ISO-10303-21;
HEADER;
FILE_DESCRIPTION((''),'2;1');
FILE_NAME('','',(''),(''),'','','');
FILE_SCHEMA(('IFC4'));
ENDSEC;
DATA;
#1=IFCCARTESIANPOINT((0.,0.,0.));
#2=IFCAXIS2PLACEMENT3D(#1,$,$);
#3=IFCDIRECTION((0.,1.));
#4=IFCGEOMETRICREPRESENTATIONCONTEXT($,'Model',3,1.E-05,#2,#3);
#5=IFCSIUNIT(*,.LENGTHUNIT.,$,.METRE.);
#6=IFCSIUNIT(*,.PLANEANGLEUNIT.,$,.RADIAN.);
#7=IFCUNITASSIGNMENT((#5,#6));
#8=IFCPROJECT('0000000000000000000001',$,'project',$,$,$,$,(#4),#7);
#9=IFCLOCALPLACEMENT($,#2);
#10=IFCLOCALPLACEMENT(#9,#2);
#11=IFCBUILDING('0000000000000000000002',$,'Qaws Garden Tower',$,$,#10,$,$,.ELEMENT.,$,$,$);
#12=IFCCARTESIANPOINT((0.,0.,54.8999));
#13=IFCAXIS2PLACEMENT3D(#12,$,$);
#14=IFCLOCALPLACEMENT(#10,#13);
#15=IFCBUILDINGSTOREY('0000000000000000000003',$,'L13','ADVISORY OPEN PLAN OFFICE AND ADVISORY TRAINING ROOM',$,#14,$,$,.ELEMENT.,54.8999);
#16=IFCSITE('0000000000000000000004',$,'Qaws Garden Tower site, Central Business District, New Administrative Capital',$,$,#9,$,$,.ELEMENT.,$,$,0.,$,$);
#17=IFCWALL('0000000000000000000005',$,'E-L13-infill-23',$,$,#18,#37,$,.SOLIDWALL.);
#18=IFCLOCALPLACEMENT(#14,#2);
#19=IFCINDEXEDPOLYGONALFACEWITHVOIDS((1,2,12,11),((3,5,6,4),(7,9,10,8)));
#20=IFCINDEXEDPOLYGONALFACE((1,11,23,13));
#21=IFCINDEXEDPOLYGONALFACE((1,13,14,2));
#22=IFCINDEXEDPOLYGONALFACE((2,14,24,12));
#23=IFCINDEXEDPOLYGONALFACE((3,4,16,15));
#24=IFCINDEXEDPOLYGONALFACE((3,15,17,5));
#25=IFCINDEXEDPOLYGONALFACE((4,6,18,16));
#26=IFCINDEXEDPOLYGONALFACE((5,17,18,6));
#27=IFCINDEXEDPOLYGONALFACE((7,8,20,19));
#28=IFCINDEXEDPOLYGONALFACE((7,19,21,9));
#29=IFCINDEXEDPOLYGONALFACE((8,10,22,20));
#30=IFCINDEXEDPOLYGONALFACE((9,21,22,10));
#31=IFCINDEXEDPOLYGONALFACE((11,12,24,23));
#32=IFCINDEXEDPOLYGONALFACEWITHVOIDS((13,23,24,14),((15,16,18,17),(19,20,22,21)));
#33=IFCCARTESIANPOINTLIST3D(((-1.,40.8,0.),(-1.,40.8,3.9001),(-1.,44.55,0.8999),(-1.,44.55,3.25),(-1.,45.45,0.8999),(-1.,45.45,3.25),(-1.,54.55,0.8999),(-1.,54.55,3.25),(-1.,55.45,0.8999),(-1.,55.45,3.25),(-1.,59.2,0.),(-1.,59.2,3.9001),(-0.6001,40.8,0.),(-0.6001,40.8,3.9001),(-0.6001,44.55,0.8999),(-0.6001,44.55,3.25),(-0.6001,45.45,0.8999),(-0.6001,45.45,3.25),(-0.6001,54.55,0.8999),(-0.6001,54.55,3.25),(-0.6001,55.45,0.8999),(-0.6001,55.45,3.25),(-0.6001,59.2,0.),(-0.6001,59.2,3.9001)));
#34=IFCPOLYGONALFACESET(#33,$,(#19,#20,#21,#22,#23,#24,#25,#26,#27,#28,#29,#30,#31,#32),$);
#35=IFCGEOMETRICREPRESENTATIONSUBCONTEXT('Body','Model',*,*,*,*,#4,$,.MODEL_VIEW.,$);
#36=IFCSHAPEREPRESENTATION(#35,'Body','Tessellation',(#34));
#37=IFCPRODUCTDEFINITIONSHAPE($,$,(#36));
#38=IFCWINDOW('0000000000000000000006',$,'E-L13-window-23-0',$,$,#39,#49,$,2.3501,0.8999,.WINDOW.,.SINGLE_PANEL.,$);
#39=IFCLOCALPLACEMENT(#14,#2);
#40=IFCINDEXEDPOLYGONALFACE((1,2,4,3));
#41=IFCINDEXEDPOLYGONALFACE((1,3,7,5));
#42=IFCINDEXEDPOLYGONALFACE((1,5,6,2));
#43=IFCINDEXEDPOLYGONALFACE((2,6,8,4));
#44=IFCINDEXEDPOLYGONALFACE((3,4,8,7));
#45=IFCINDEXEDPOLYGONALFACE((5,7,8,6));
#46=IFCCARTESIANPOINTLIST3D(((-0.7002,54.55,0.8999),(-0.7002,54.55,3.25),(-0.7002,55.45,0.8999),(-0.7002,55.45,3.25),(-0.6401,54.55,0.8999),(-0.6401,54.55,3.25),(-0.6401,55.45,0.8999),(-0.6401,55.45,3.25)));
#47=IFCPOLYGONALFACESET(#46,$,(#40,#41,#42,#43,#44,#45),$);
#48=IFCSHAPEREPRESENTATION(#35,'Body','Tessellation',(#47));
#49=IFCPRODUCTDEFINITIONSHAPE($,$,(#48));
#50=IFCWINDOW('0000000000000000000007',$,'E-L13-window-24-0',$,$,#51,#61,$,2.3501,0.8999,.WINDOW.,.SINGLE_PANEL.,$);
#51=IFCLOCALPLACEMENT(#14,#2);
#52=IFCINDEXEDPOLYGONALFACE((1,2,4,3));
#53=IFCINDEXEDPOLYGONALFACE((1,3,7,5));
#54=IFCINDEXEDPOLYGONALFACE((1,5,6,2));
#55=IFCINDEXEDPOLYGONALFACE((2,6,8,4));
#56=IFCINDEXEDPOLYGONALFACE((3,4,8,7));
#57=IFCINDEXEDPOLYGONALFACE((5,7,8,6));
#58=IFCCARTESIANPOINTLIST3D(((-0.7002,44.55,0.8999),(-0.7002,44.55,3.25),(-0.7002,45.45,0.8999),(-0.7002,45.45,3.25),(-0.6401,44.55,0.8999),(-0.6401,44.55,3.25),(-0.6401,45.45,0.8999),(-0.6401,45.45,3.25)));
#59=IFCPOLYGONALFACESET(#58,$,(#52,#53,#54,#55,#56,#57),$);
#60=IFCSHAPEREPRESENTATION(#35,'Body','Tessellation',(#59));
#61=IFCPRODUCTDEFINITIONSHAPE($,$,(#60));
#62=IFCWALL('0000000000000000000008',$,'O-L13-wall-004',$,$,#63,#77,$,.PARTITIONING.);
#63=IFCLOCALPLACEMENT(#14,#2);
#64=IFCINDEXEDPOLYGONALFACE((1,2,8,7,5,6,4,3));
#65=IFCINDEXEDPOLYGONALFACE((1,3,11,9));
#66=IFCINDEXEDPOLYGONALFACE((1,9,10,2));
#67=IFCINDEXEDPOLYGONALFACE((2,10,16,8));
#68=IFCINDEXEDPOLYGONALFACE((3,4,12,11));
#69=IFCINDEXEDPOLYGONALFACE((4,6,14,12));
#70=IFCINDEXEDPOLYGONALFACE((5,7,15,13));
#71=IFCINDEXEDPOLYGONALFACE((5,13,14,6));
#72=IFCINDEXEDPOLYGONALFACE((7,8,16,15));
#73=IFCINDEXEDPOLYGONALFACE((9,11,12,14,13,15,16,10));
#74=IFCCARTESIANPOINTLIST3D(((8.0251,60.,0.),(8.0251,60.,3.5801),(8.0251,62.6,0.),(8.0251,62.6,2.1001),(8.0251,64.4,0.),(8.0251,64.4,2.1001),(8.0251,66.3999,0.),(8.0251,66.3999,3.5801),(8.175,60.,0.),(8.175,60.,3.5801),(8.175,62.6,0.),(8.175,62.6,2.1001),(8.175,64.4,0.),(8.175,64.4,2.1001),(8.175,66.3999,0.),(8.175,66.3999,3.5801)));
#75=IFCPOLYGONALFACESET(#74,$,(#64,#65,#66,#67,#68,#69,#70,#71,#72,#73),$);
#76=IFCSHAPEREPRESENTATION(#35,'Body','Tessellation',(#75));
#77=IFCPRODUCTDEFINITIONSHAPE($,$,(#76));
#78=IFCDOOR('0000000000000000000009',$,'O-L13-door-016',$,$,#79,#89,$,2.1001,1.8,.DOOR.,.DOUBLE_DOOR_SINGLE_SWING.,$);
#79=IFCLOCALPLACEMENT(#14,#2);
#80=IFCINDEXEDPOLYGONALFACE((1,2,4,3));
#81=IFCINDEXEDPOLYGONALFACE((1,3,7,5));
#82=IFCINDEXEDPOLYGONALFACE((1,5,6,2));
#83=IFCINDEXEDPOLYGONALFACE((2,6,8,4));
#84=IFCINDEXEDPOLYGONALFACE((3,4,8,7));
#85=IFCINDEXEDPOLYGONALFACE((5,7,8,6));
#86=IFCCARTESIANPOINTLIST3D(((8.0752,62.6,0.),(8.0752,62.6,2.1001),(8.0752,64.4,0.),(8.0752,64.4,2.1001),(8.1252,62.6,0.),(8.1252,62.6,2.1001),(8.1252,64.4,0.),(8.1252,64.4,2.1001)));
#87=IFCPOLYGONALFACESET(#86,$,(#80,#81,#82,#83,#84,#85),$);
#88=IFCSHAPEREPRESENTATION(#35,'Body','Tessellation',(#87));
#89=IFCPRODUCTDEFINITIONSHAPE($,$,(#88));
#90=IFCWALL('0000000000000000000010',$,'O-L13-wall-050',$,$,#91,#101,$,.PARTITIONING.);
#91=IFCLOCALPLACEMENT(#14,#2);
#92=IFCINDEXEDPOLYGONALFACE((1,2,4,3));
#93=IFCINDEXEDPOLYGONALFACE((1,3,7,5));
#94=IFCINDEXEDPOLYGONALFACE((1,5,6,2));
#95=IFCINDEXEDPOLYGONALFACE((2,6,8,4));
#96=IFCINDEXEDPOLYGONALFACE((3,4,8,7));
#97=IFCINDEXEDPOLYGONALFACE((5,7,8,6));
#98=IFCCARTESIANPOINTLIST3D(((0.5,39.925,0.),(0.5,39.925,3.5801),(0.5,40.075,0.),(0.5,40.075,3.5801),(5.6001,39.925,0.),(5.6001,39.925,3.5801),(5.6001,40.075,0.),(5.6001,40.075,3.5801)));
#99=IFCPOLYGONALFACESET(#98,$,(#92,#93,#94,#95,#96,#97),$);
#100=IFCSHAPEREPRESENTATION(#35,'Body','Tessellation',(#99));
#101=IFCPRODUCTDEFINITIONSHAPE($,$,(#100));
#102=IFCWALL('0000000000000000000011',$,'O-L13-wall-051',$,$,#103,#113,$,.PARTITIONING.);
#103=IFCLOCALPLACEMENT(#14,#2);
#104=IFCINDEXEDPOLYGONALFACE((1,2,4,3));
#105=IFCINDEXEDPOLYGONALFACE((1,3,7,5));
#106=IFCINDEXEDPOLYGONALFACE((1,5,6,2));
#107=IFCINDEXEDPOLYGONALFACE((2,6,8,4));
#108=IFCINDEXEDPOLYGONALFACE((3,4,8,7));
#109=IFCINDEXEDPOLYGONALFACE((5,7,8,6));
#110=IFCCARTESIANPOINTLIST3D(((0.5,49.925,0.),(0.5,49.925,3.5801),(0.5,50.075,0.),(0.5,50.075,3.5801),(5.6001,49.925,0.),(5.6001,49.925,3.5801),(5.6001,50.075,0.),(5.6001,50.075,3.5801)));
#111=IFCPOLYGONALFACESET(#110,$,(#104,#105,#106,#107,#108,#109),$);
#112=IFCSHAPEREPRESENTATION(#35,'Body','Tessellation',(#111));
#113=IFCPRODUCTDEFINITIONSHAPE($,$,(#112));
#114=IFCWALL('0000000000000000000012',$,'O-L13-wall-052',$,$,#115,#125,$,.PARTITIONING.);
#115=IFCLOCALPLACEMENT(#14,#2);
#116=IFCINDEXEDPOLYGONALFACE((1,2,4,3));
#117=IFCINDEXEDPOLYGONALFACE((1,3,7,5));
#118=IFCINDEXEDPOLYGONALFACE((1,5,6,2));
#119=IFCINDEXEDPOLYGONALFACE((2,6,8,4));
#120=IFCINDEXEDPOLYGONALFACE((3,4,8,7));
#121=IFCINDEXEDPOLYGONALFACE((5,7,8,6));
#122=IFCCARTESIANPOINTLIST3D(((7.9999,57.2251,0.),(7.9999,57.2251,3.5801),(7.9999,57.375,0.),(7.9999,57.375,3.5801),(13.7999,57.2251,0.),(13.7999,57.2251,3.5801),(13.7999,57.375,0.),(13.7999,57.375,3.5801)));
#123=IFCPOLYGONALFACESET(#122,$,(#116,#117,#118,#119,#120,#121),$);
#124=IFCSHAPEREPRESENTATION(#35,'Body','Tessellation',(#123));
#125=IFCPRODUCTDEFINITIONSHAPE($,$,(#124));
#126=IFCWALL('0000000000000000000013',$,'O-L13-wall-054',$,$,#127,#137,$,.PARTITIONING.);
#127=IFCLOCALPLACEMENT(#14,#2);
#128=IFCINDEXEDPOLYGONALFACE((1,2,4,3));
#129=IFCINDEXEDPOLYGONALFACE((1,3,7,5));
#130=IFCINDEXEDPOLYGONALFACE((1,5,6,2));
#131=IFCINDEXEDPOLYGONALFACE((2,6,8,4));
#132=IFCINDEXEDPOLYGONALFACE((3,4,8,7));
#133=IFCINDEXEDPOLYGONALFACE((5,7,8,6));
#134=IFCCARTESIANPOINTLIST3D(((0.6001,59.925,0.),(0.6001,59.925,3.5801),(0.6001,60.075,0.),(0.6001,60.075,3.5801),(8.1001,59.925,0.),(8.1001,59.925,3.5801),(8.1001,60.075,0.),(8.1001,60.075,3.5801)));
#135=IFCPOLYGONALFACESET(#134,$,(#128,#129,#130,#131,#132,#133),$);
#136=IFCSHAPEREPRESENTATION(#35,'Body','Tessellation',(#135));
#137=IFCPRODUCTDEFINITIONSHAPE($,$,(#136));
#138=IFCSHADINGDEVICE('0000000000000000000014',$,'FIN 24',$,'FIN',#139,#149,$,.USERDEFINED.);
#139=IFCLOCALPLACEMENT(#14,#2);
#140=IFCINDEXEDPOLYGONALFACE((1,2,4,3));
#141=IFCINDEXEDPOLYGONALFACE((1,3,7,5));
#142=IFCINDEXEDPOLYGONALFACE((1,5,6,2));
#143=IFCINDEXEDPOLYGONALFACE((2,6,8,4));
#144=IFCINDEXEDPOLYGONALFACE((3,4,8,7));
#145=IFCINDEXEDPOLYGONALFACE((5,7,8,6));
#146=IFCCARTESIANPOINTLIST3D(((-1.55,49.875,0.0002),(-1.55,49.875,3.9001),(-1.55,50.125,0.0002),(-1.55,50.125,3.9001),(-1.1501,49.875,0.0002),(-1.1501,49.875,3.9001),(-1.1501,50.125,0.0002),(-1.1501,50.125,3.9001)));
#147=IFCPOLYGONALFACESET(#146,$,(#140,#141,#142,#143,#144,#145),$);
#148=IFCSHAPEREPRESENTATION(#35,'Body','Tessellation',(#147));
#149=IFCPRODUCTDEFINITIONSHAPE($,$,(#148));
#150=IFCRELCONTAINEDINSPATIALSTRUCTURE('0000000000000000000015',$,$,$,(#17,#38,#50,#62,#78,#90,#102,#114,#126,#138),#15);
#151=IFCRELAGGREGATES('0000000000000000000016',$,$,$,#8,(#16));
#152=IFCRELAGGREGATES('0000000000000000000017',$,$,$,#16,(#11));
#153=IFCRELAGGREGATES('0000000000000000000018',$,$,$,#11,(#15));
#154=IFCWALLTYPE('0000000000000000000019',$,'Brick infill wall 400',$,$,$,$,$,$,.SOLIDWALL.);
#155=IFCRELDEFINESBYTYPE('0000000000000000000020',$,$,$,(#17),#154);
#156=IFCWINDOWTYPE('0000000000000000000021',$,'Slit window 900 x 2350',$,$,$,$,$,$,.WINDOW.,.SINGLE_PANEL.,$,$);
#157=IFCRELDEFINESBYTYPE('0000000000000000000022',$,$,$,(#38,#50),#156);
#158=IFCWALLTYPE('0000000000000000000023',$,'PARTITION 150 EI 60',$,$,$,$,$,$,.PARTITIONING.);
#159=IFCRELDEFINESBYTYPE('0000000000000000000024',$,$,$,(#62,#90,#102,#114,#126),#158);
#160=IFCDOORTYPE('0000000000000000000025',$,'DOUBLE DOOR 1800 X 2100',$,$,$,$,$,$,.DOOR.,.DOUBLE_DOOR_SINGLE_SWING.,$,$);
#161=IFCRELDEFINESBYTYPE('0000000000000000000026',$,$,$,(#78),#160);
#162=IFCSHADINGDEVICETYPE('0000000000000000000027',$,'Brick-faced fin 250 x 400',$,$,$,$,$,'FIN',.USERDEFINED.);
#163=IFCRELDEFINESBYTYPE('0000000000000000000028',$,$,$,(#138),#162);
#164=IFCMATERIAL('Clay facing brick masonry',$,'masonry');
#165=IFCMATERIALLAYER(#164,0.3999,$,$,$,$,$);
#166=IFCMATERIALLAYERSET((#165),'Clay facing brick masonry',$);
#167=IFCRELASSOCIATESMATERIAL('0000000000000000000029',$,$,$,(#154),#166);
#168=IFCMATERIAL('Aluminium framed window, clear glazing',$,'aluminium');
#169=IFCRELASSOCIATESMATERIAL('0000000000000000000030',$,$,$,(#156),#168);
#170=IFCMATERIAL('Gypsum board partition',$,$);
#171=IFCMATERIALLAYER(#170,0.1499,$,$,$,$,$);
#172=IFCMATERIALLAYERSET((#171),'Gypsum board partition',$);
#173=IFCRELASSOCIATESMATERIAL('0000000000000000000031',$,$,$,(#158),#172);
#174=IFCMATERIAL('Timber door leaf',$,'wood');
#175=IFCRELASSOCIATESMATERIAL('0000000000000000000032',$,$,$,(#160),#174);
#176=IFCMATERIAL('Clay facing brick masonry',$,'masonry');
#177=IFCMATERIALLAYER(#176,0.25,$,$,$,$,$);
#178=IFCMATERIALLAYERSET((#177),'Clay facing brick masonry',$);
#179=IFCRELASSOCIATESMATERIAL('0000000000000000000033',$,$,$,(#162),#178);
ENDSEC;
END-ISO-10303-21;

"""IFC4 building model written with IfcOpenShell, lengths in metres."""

from ifc_helpers import new_model, si_unit, direction, frame, frame_2d, origin, origin_2d, place, context, subcontext, project, spatial, rectangle, extrude, material, layer, layer_set, type_object, element, fill, save


model = new_model("IFC4")

# Units and contexts
model_context = context("Model", 3, precision=1e-05, world=origin(), true_north=direction((0.0, 1.0)))
body_context = subcontext(model_context, "Body", "Model", "MODEL_VIEW")
ifc_project = project(units=[si_unit("LENGTHUNIT", "METRE"), si_unit("PLANEANGLEUNIT", "RADIAN")], contexts=[model_context])

# Site, building, storey
site_placement = place(None, origin())
site = spatial("IfcSite", under=ifc_project, at=site_placement, Name="Qaws Garden Tower site, Central Business District, New Administrative Capital", CompositionType="ELEMENT", RefElevation=0.0)
building_placement = place(site_placement, origin())
building = spatial("IfcBuilding", under=site, at=building_placement, Name="Qaws Garden Tower", CompositionType="ELEMENT")
storey_placement = place(building_placement, frame((0.0, 0.0, 54.8999)))
storey = spatial("IfcBuildingStorey", under=building, at=storey_placement, Name="L13", Description="ADVISORY OPEN PLAN OFFICE AND ADVISORY TRAINING ROOM", CompositionType="ELEMENT", Elevation=54.8999)

# Shared definitions
ifc_material_1 = material(Name="Clay facing brick masonry", Category="masonry")
ifc_layer_1 = layer(ifc_material_1, 0.3999)
ifc_layer_set_1 = layer_set([ifc_layer_1], Name="Clay facing brick masonry")
wall_type_1 = type_object("IfcWallType", Name="Brick infill wall 400", PredefinedType="SOLIDWALL", material=ifc_layer_set_1)

# Wall, openings, windows
wall_1_placement = place(storey_placement, frame((-0.8, 59.2, 0.0), z_axis=(0.0, 0.0, 1.0), x_axis=(0.0, -1.0, 0.0)))
wall_1 = element("IfcWall", 1, at=wall_1_placement, inside=storey, type_object=wall_type_1, Name="E-L13-infill-23", PredefinedType="SOLIDWALL", context=body_context, shape_type="SweptSolid", body=[
    extrude(rectangle(XDim=18.3999, YDim=0.3999, at=frame_2d((9.2, 0.0))), origin(), (0.0, 0.0, 1.0), 3.9001),
])
opening_1_placement = place(wall_1_placement, frame((3.75, 0.0, 0.8999)))
opening_1 = element("IfcOpeningElement", 2, at=opening_1_placement, cuts=wall_1, PredefinedType="OPENING", context=body_context, shape_type="SweptSolid", body=[
    extrude(rectangle(XDim=0.8999, YDim=2.3501, at=frame_2d((0.45, 1.175))), frame((0.0, 0.21, 0.0), z_axis=(0.0, -1.0, 0.0), x_axis=(1.0, 0.0, 0.0)), (0.0, 0.0, 1.0), 0.4199),
])
opening_2_placement = place(wall_1_placement, frame((13.75, 0.0, 0.8999)))
opening_2 = element("IfcOpeningElement", 3, at=opening_2_placement, cuts=wall_1, PredefinedType="OPENING", context=body_context, shape_type="SweptSolid", body=[
    extrude(rectangle(XDim=0.8999, YDim=2.3501, at=frame_2d((0.45, 1.175))), frame((0.0, 0.21, 0.0), z_axis=(0.0, -1.0, 0.0), x_axis=(1.0, 0.0, 0.0)), (0.0, 0.0, 1.0), 0.4199),
])
ifc_material_2 = material(Name="Aluminium framed window, clear glazing", Category="aluminium")
window_type_1 = type_object("IfcWindowType", Name="Slit window 900 x 2350", PartitioningType="SINGLE_PANEL", PredefinedType="WINDOW", material=ifc_material_2)
window_1_placement = place(opening_1_placement, origin())
window_1 = element("IfcWindow", 4, at=window_1_placement, inside=storey, type_object=window_type_1, Name="E-L13-window-23-0", OverallHeight=2.3501, OverallWidth=0.8999, PartitioningType="SINGLE_PANEL", PredefinedType="WINDOW", context=body_context, shape_type="SweptSolid", body=[
    extrude(rectangle(XDim=0.8999, YDim=2.3501, at=frame_2d((0.45, 1.175))), frame((0.0, 0.1599, 0.0), z_axis=(0.0, -1.0, 0.0), x_axis=(1.0, 0.0, 0.0)), (0.0, 0.0, 1.0), 0.0601),
])
fill(opening_1, window_1)
window_2_placement = place(opening_2_placement, origin())
window_2 = element("IfcWindow", 5, at=window_2_placement, inside=storey, type_object=window_type_1, Name="E-L13-window-24-0", OverallHeight=2.3501, OverallWidth=0.8999, PartitioningType="SINGLE_PANEL", PredefinedType="WINDOW", context=body_context, shape_type="SweptSolid", body=[
    extrude(rectangle(XDim=0.8999, YDim=2.3501, at=frame_2d((0.45, 1.175))), frame((0.0, 0.1599, 0.0), z_axis=(0.0, -1.0, 0.0), x_axis=(1.0, 0.0, 0.0)), (0.0, 0.0, 1.0), 0.0601),
])
fill(opening_2, window_2)

# Wall, opening, door
ifc_material_3 = material(Name="Gypsum board partition")
ifc_layer_2 = layer(ifc_material_3, 0.1499)
ifc_layer_set_2 = layer_set([ifc_layer_2], Name="Gypsum board partition")
wall_type_2 = type_object("IfcWallType", Name="PARTITION 150 EI 60", PredefinedType="PARTITIONING", material=ifc_layer_set_2)
wall_2_placement = place(storey_placement, frame((8.1001, 60.0, 0.0), z_axis=(0.0, 0.0, 1.0), x_axis=(0.0, 1.0, 0.0)))
wall_2 = element("IfcWall", 6, at=wall_2_placement, inside=storey, type_object=wall_type_2, Name="O-L13-wall-004", PredefinedType="PARTITIONING", context=body_context, shape_type="SweptSolid", body=[
    extrude(rectangle(XDim=6.3999, YDim=0.1499, at=frame_2d((3.2, 0.0))), origin(), (0.0, 0.0, 1.0), 3.5801),
])
opening_3_placement = place(wall_2_placement, frame((2.6001, 0.0, 0.0)))
opening_3 = element("IfcOpeningElement", 7, at=opening_3_placement, cuts=wall_2, PredefinedType="OPENING", context=body_context, shape_type="SweptSolid", body=[
    extrude(rectangle(XDim=1.8, YDim=2.1001, at=frame_2d((0.8999, 1.05))), frame((0.0, 0.085, 0.0), z_axis=(0.0, -1.0, 0.0), x_axis=(1.0, 0.0, 0.0)), (0.0, 0.0, 1.0), 0.1699),
])
ifc_material_4 = material(Name="Timber door leaf", Category="wood")
door_type = type_object("IfcDoorType", Name="DOUBLE DOOR 1800 X 2100", OperationType="DOUBLE_DOOR_SINGLE_SWING", PredefinedType="DOOR", material=ifc_material_4)
door_placement = place(opening_3_placement, origin())
door = element("IfcDoor", 8, at=door_placement, inside=storey, type_object=door_type, Name="O-L13-door-016", OperationType="DOUBLE_DOOR_SINGLE_SWING", OverallHeight=2.1001, OverallWidth=1.8, PredefinedType="DOOR", context=body_context, shape_type="SweptSolid", body=[
    extrude(rectangle(XDim=1.8, YDim=2.1001, at=frame_2d((0.8999, 1.05))), frame((0.0, 0.0249, 0.0), z_axis=(0.0, -1.0, 0.0), x_axis=(1.0, 0.0, 0.0)), (0.0, 0.0, 1.0), 0.05),
])
fill(opening_3, door)

# Walls
for number, where, z_axis, x_axis, name in (
    (9, (0.5, 40.0, 0.0), (0.0, 0.0, 1.0), (1.0, 0.0, 0.0), "O-L13-wall-050"),
    (10, (0.5, 50.0, 0.0), (0.0, 0.0, 1.0), (1.0, 0.0, 0.0), "O-L13-wall-051"),
):
    element("IfcWall", number, at=place(storey_placement, frame(where, z_axis=z_axis, x_axis=x_axis)), inside=storey, type_object=wall_type_2, Name=name, PredefinedType="PARTITIONING", context=body_context, shape_type="SweptSolid", body=[
        extrude(rectangle(XDim=5.1001, YDim=0.1499, at=frame_2d((2.55, 0.0))), origin(), (0.0, 0.0, 1.0), 3.5801),
    ])
wall_3_placement = place(storey_placement, frame((8.0, 57.3, 0.0), z_axis=(0.0, 0.0, 1.0), x_axis=(1.0, 0.0, 0.0)))
element("IfcWall", 11, at=wall_3_placement, inside=storey, type_object=wall_type_2, Name="O-L13-wall-052", PredefinedType="PARTITIONING", context=body_context, shape_type="SweptSolid", body=[
    extrude(rectangle(XDim=5.8, YDim=0.1499, at=frame_2d((2.8999, 0.0))), origin(), (0.0, 0.0, 1.0), 3.5801),
])
wall_4_placement = place(storey_placement, frame((0.6001, 60.0, 0.0), z_axis=(0.0, 0.0, 1.0), x_axis=(1.0, 0.0, 0.0)))
element("IfcWall", 12, at=wall_4_placement, inside=storey, type_object=wall_type_2, Name="O-L13-wall-054", PredefinedType="PARTITIONING", context=body_context, shape_type="SweptSolid", body=[
    extrude(rectangle(XDim=7.5, YDim=0.1499, at=frame_2d((3.75, 0.0))), origin(), (0.0, 0.0, 1.0), 3.5801),
])

# Shading device
ifc_material_5 = material(Name="Clay facing brick masonry", Category="masonry")
ifc_layer_3 = layer(ifc_material_5, 0.25)
ifc_layer_set_3 = layer_set([ifc_layer_3], Name="Clay facing brick masonry")
shading_device_type = type_object("IfcShadingDeviceType", Name="Brick-faced fin 250 x 400", ElementType="FIN", PredefinedType="USERDEFINED", material=ifc_layer_set_3)
shading_device_placement = place(storey_placement, frame((-1.3501, 50.0, 0.0002), z_axis=(0.0, 0.0, 1.0), x_axis=(0.0, -1.0, 0.0)))
element("IfcShadingDevice", 13, at=shading_device_placement, inside=storey, type_object=shading_device_type, Name="FIN 24", ObjectType="FIN", PredefinedType="USERDEFINED", context=body_context, shape_type="SweptSolid", body=[
    extrude(rectangle(XDim=0.25, YDim=0.3999, at=origin_2d()), origin(), (0.0, 0.0, 1.0), 3.8999),
])

save(model, "model.ifc")
